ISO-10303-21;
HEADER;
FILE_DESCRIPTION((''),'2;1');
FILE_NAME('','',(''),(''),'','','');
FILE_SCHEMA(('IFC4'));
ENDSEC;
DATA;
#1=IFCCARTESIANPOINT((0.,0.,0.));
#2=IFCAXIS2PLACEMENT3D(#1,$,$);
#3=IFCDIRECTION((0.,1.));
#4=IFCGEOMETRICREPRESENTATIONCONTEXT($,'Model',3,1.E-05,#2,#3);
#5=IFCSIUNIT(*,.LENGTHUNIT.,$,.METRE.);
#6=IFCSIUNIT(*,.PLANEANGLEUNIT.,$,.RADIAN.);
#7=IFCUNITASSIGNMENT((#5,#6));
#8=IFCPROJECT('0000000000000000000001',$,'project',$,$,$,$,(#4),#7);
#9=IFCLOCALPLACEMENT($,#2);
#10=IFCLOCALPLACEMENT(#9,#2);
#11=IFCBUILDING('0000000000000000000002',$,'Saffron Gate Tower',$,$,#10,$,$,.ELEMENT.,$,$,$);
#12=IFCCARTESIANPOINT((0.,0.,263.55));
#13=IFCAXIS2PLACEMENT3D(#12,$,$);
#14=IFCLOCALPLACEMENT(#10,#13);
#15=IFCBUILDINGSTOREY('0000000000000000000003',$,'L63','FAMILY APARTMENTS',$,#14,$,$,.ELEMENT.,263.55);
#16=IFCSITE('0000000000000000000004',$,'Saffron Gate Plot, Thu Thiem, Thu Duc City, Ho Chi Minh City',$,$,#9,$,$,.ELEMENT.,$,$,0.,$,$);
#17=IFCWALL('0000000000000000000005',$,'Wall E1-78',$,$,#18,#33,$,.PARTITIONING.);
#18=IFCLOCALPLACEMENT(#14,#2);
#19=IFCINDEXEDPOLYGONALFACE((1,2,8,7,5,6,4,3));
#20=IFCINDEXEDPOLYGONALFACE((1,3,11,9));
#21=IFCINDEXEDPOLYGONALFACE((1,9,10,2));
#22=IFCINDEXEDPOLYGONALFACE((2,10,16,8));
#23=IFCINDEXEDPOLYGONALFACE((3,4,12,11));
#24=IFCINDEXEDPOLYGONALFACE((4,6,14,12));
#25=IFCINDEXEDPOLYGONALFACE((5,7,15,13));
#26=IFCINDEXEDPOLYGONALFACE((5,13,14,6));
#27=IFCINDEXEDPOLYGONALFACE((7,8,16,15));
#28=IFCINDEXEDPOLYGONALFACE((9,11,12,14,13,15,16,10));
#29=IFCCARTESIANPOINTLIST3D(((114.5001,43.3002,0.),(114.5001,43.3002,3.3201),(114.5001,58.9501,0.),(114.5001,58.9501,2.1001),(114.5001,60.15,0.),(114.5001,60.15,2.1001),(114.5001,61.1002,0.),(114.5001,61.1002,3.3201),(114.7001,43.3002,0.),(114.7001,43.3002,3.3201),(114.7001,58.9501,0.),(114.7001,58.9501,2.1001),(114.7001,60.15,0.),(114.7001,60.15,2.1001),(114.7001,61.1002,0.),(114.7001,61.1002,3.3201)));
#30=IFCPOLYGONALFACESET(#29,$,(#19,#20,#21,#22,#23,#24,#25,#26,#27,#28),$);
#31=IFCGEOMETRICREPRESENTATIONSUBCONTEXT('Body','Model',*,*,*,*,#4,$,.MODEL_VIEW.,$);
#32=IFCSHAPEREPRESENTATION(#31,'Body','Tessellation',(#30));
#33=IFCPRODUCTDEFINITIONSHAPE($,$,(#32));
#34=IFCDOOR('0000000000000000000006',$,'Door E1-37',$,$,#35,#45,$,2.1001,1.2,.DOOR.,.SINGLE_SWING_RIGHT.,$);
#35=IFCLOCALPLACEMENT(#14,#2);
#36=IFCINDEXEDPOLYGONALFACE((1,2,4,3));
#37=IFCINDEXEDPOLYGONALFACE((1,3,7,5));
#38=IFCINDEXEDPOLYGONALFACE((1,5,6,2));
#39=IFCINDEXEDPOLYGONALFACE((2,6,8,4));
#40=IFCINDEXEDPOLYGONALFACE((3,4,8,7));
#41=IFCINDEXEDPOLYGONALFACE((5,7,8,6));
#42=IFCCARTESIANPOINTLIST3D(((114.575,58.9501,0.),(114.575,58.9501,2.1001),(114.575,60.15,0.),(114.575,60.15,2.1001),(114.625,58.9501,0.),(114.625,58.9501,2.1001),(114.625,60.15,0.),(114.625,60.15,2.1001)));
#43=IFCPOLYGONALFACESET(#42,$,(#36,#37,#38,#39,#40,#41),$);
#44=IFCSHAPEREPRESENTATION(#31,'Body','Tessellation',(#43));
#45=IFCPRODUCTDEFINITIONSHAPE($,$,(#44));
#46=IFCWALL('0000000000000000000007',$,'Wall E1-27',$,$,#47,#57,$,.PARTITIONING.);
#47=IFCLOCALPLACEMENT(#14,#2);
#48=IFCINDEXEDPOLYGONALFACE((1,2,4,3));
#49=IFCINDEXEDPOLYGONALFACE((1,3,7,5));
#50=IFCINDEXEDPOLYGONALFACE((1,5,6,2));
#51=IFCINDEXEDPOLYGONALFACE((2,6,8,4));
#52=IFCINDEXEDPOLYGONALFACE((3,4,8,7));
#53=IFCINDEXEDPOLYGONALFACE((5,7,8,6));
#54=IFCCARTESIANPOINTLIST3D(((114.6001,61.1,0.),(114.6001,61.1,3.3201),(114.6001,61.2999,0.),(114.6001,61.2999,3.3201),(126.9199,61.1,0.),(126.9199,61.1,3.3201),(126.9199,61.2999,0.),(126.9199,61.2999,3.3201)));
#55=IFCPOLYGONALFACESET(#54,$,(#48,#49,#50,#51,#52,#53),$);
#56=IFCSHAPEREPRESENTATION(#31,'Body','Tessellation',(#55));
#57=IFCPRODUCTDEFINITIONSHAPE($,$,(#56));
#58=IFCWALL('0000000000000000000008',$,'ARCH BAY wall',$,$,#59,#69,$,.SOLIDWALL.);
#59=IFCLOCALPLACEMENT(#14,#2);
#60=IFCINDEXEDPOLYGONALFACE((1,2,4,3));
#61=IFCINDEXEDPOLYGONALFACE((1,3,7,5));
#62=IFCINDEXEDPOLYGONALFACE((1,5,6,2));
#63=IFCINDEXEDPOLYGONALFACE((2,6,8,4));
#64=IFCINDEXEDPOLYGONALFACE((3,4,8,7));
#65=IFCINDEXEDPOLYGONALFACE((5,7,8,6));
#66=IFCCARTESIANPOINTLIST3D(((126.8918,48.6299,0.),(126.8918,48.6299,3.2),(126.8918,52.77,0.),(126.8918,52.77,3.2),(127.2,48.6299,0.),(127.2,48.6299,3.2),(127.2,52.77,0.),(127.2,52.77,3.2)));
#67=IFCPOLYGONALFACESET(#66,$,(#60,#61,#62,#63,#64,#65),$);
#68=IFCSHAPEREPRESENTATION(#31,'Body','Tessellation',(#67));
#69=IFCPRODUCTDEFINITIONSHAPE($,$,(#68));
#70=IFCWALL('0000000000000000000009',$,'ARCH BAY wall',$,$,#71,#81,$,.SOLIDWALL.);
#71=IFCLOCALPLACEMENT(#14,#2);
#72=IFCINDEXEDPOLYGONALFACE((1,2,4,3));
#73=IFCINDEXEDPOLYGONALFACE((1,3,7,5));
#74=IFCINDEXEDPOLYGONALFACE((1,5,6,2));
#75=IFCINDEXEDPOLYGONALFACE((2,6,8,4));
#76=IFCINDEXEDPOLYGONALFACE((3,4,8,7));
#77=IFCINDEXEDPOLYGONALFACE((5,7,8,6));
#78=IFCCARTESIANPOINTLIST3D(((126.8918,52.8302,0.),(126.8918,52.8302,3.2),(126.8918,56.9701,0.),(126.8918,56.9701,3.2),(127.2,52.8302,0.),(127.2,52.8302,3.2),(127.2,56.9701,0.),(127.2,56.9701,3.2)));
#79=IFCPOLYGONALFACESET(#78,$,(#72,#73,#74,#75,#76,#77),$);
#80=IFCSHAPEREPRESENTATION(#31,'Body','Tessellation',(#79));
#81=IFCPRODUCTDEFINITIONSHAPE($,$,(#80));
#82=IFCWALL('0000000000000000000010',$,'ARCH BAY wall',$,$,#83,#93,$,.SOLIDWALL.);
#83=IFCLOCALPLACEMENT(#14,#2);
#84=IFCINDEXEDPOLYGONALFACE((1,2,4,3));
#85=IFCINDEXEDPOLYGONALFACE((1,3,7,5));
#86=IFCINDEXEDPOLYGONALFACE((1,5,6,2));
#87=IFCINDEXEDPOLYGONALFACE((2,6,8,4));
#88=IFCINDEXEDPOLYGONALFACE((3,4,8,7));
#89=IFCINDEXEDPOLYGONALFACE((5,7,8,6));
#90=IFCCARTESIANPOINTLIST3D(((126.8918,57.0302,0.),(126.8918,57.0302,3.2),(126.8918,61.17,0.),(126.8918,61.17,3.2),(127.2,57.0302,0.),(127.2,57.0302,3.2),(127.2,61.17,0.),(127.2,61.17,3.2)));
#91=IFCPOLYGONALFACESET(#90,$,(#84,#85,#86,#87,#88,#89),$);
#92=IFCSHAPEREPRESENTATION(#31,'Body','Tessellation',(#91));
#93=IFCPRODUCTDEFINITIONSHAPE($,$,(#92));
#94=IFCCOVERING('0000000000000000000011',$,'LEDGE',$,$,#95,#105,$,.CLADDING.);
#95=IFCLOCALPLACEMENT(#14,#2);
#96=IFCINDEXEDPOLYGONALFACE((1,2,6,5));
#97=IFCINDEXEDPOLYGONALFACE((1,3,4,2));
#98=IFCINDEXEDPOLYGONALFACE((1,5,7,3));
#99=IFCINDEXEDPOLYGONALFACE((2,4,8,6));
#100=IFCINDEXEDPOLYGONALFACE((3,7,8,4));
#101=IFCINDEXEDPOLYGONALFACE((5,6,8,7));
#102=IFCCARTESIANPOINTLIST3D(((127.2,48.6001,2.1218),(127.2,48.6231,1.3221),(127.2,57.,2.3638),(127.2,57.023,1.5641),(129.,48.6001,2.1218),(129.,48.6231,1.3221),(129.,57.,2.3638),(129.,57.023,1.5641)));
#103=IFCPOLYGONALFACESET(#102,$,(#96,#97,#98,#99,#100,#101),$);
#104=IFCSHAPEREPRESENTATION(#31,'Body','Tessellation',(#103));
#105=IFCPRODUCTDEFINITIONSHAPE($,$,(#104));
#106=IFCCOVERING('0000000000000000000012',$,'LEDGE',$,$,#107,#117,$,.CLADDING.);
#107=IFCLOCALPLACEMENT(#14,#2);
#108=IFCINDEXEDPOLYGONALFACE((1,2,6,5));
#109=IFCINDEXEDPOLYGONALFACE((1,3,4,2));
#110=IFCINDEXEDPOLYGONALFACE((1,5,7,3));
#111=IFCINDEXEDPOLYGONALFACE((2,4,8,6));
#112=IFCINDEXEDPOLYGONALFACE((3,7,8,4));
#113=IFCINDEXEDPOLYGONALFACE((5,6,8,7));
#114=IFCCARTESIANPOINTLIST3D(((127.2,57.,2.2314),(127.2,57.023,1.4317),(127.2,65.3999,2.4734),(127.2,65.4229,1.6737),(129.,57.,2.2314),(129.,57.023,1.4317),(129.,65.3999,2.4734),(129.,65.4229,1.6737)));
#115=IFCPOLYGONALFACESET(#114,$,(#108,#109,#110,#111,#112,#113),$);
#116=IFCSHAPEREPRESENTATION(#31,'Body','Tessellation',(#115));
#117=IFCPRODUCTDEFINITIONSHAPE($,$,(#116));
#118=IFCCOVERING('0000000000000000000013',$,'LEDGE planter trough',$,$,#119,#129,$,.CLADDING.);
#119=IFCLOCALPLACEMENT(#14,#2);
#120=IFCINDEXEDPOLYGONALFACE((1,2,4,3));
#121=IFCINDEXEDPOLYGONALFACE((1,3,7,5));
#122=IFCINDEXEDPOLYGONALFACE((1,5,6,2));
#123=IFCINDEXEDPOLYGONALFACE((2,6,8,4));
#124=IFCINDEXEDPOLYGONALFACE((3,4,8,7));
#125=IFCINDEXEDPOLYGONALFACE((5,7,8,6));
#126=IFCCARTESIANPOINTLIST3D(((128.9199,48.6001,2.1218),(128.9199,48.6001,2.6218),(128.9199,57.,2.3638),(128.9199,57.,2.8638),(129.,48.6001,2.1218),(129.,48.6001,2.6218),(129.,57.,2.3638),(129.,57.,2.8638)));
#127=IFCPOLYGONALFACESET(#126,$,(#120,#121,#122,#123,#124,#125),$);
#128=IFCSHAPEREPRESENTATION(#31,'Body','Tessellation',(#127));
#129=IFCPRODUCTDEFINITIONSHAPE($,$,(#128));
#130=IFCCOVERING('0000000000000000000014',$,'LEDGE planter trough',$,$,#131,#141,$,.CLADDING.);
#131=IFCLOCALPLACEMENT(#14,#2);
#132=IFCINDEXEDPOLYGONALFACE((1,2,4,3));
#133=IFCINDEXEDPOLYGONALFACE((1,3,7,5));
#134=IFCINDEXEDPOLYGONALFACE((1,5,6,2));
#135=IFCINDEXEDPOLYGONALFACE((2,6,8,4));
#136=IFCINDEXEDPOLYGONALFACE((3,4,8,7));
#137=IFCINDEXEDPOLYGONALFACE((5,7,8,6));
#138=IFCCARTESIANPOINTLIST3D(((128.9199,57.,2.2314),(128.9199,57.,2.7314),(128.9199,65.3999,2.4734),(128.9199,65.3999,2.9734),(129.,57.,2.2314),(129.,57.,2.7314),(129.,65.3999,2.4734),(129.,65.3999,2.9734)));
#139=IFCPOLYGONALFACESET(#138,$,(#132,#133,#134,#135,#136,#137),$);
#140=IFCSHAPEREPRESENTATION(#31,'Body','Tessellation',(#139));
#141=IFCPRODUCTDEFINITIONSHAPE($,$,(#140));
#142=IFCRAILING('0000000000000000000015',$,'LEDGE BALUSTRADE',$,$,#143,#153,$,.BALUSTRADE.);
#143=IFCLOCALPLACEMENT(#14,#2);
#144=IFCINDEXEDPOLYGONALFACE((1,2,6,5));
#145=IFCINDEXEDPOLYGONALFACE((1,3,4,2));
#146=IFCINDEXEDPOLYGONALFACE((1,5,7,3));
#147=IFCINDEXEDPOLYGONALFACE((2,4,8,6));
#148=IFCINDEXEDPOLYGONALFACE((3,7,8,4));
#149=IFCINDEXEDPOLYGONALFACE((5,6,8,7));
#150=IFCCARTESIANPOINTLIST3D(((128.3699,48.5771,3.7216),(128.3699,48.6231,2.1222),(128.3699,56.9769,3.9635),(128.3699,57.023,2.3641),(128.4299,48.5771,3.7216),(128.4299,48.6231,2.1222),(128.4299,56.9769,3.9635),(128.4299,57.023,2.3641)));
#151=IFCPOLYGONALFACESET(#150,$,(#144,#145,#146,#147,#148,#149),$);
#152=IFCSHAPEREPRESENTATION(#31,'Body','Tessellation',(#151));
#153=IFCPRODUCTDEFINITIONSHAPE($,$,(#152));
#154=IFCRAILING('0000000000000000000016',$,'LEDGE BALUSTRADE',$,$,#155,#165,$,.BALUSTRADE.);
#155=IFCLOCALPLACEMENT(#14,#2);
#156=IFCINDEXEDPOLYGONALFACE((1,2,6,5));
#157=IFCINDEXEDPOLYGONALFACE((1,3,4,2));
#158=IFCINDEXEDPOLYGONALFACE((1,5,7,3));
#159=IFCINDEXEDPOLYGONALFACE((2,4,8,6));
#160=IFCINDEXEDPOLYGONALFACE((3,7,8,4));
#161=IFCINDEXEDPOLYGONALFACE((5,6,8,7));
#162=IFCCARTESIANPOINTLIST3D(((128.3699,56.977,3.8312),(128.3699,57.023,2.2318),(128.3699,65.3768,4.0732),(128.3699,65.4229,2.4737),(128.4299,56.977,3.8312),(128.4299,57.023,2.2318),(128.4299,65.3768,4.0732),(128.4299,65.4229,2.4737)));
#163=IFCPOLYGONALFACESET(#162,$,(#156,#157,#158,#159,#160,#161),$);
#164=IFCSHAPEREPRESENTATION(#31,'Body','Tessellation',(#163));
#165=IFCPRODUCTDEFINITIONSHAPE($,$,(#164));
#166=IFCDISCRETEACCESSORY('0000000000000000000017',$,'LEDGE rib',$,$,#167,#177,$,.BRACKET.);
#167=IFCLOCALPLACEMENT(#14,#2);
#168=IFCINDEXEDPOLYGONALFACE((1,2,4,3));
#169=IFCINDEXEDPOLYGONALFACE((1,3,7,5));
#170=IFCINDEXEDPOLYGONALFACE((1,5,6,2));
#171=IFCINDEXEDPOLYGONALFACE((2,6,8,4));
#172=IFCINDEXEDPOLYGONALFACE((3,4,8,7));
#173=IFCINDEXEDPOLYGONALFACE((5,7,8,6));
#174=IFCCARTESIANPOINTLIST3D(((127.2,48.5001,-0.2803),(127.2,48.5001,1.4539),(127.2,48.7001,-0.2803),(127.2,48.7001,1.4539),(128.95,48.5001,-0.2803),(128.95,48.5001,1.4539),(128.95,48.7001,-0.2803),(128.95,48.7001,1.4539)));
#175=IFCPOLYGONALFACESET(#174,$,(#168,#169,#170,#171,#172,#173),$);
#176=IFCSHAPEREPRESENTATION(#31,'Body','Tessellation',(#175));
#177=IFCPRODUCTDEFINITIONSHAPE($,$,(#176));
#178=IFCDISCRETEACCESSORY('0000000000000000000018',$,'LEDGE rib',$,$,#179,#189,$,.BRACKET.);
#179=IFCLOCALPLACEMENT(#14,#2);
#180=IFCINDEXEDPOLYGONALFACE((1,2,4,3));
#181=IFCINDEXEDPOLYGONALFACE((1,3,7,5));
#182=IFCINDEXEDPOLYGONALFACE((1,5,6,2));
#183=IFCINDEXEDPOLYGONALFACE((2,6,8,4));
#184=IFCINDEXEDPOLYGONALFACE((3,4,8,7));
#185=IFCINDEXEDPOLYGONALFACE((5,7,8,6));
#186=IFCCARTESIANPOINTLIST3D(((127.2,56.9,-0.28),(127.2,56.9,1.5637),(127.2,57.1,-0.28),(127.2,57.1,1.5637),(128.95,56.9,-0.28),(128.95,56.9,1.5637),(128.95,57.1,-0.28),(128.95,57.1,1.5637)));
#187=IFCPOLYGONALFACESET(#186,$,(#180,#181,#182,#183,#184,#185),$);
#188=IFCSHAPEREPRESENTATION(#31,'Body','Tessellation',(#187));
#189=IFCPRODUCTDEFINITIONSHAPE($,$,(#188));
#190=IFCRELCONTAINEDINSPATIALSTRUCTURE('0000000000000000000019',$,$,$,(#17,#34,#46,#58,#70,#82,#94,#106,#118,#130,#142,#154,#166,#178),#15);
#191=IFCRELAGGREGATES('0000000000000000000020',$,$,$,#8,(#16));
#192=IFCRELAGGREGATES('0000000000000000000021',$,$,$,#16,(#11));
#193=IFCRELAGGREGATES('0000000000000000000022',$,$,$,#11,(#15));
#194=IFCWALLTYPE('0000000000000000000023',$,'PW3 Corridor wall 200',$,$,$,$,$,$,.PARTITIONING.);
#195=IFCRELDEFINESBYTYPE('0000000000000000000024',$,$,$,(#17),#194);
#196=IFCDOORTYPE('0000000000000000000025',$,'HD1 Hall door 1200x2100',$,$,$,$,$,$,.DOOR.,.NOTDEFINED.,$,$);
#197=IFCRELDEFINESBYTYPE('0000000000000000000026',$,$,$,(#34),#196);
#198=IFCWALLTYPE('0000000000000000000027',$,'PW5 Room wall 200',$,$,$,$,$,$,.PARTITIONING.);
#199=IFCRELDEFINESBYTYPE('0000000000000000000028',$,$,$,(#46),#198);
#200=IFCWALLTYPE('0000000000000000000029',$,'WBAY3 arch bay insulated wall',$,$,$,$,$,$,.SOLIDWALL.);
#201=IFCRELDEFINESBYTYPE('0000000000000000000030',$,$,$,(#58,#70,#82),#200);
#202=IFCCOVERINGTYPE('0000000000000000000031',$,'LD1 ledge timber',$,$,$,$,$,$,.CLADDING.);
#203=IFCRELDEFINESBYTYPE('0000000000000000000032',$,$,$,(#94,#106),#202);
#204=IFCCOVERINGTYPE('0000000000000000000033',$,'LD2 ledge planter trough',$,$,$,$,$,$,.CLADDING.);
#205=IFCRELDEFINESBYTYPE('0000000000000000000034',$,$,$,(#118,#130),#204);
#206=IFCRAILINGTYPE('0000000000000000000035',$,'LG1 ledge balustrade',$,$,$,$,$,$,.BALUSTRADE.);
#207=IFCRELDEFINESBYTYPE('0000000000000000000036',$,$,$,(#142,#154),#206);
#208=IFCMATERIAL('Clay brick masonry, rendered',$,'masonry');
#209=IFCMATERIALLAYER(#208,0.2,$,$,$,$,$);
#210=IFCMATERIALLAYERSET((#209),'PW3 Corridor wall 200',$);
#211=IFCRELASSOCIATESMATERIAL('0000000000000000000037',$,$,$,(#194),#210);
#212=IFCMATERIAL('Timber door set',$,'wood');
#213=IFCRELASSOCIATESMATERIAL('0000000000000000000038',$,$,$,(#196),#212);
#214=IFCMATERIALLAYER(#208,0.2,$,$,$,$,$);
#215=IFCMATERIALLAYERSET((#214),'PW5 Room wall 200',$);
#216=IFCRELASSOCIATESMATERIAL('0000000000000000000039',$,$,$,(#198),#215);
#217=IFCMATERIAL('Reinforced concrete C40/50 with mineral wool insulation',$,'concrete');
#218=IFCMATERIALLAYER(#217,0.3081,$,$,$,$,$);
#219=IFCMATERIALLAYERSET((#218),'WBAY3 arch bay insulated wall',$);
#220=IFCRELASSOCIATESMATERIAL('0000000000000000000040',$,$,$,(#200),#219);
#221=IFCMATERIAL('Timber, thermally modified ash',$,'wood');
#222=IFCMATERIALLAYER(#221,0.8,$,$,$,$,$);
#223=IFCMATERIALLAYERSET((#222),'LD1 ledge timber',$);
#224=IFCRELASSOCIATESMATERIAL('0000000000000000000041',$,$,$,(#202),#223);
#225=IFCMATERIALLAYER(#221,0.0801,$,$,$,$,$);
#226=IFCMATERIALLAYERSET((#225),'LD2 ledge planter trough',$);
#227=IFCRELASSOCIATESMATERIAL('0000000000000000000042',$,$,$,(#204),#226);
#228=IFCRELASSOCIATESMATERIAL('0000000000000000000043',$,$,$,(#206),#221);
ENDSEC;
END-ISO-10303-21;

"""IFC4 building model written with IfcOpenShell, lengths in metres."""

from ifc_helpers import new_model, si_unit, direction, frame, frame_2d, origin, origin_2d, place, context, subcontext, project, spatial, polyline, rectangle, outline, extrude, material, layer, layer_set, type_object, element, fill, save


model = new_model("IFC4")

# Units and contexts
model_context = context("Model", 3, precision=1e-05, world=origin(), true_north=direction((0.0, 1.0)))
body_context = subcontext(model_context, "Body", "Model", "MODEL_VIEW")
ifc_project = project(units=[si_unit("LENGTHUNIT", "METRE"), si_unit("PLANEANGLEUNIT", "RADIAN")], contexts=[model_context])

# Site, building, storey
site_placement = place(None, origin())
site = spatial("IfcSite", under=ifc_project, at=site_placement, Name="Saffron Gate Plot, Thu Thiem, Thu Duc City, Ho Chi Minh City", CompositionType="ELEMENT", RefElevation=0.0)
building_placement = place(site_placement, origin())
building = spatial("IfcBuilding", under=site, at=building_placement, Name="Saffron Gate Tower", CompositionType="ELEMENT")
storey_placement = place(building_placement, frame((0.0, 0.0, 263.55)))
storey = spatial("IfcBuildingStorey", under=building, at=storey_placement, Name="L63", Description="FAMILY APARTMENTS", CompositionType="ELEMENT", Elevation=263.55)

# Shared definitions
ifc_material_1 = material(Name="Timber door set", Category="wood")

# Wall, opening, door
ifc_material_2 = material(Name="Clay brick masonry, rendered", Category="masonry")
ifc_layer_1 = layer(ifc_material_2, 0.2)
ifc_layer_set_1 = layer_set([ifc_layer_1], Name="PW3 Corridor wall 200")
wall_type_1 = type_object("IfcWallType", Name="PW3 Corridor wall 200", PredefinedType="PARTITIONING", material=ifc_layer_set_1)
wall_1_placement = place(storey_placement, frame((114.6001, 61.1001, 0.0), z_axis=(0.0, 0.0, 1.0), x_axis=(0.0, -1.0, 0.0)))
wall_1 = element("IfcWall", 1, at=wall_1_placement, inside=storey, type_object=wall_type_1, Name="Wall E1-78", PredefinedType="PARTITIONING", context=body_context, shape_type="SweptSolid", body=[
    extrude(rectangle(XDim=17.8, YDim=0.2, at=frame_2d((8.8999, 0.0))), origin(), (0.0, 0.0, 1.0), 3.3201),
])
opening_1_placement = place(wall_1_placement, frame((0.95, 0.0, 0.0)))
opening_1 = element("IfcOpeningElement", 2, at=opening_1_placement, cuts=wall_1, PredefinedType="OPENING", context=body_context, shape_type="SweptSolid", body=[
    extrude(rectangle(XDim=1.2, YDim=2.1001, at=frame_2d((0.6001, 1.05))), frame((0.0, 0.1099, 0.0), z_axis=(0.0, -1.0, 0.0), x_axis=(1.0, 0.0, 0.0)), (0.0, 0.0, 1.0), 0.22),
])
door_type_1 = type_object("IfcDoorType", Name="HD1 Hall door 1200x2100", OperationType="NOTDEFINED", PredefinedType="DOOR", material=ifc_material_1)
door_1_placement = place(opening_1_placement, origin())
door_1 = element("IfcDoor", 3, at=door_1_placement, inside=storey, type_object=door_type_1, Name="Door E1-37", OperationType="SINGLE_SWING_RIGHT", OverallHeight=2.1001, OverallWidth=1.2, PredefinedType="DOOR", context=body_context, shape_type="SweptSolid", body=[
    extrude(rectangle(XDim=1.2, YDim=2.1001, at=frame_2d((0.6001, 1.05))), frame((0.0, 0.0249, 0.0), z_axis=(0.0, -1.0, 0.0), x_axis=(1.0, 0.0, 0.0)), (0.0, 0.0, 1.0), 0.05),
])
fill(opening_1, door_1)

# Walls
ifc_layer_2 = layer(ifc_material_2, 0.2)
ifc_layer_set_2 = layer_set([ifc_layer_2], Name="PW5 Room wall 200")
wall_type_2 = type_object("IfcWallType", Name="PW5 Room wall 200", PredefinedType="PARTITIONING", material=ifc_layer_set_2)
wall_2_placement = place(storey_placement, frame((114.6001, 61.2, 0.0), z_axis=(0.0, 0.0, 1.0), x_axis=(1.0, 0.0, 0.0)))
element("IfcWall", 4, at=wall_2_placement, inside=storey, type_object=wall_type_2, Name="Wall E1-27", PredefinedType="PARTITIONING", context=body_context, shape_type="SweptSolid", body=[
    extrude(rectangle(XDim=12.3198, YDim=0.2, at=frame_2d((6.1599, 0.0))), origin(), (0.0, 0.0, 1.0), 3.3201),
])
ifc_material_3 = material(Name="Reinforced concrete C40/50 with mineral wool insulation", Category="concrete")
ifc_layer_3 = layer(ifc_material_3, 0.3081)
ifc_layer_set_3 = layer_set([ifc_layer_3], Name="WBAY3 arch bay insulated wall")
wall_type_3 = type_object("IfcWallType", Name="WBAY3 arch bay insulated wall", PredefinedType="SOLIDWALL", material=ifc_layer_set_3)
wall_3_placement = place(storey_placement, frame((127.0459, 52.77, 0.0), z_axis=(0.0, 0.0, 1.0), x_axis=(0.0, -1.0, 0.0)))
element("IfcWall", 5, at=wall_3_placement, inside=storey, type_object=wall_type_3, Name="ARCH BAY wall", PredefinedType="SOLIDWALL", context=body_context, shape_type="SweptSolid", body=[
    extrude(rectangle(XDim=4.1401, YDim=0.3081, at=frame_2d((2.0701, 0.0))), origin(), (0.0, 0.0, 1.0), 3.2),
])
for number, where, z_axis, x_axis, name in (
    (6, (127.0459, 56.97, 0.0), (0.0, 0.0, 1.0), (0.0, -1.0, 0.0), "ARCH BAY wall"),
    (7, (127.0459, 61.1699, 0.0), (0.0, 0.0, 1.0), (0.0, -1.0, 0.0), "ARCH BAY wall"),
):
    element("IfcWall", number, at=place(storey_placement, frame(where, z_axis=z_axis, x_axis=x_axis)), inside=storey, type_object=wall_type_3, Name=name, PredefinedType="SOLIDWALL", context=body_context, shape_type="SweptSolid", body=[
        extrude(rectangle(XDim=4.1399, YDim=0.3081, at=frame_2d((2.0698, 0.0))), origin(), (0.0, 0.0, 1.0), 3.2),
    ])

# Coverings
ifc_material_4 = material(Name="Timber, thermally modified ash", Category="wood")
ifc_layer_4 = layer(ifc_material_4, 0.8)
ifc_layer_set_4 = layer_set([ifc_layer_4], Name="LD1 ledge timber")
covering_type_1 = type_object("IfcCoveringType", Name="LD1 ledge timber", PredefinedType="CLADDING", material=ifc_layer_set_4)
for number, where, z_axis, x_axis, name in (
    (8, (127.2, 48.6001, 2.1218), (0.0, -0.028791, 0.999585), (0.0, 0.999585, 0.028791), "LEDGE"),
    (9, (127.2, 57.0, 2.2314), (0.0, -0.028791, 0.999585), (0.0, 0.999585, 0.028791), "LEDGE"),
):
    element("IfcCovering", number, at=place(storey_placement, frame(where, z_axis=z_axis, x_axis=x_axis)), inside=storey, type_object=covering_type_1, Name=name, PredefinedType="CLADDING", context=body_context, shape_type="SweptSolid", body=[
        extrude(outline(polyline([(0.0, 0.0), (8.4034, 0.0), (8.4034, -1.8), (0.0, -1.8), (0.0, 0.0)])), origin(), (0.0, 0.0, -1.0), 0.8),
    ])
ifc_layer_5 = layer(ifc_material_4, 0.0801)
ifc_layer_set_5 = layer_set([ifc_layer_5], Name="LD2 ledge planter trough")
covering_type_2 = type_object("IfcCoveringType", Name="LD2 ledge planter trough", PredefinedType="CLADDING", material=ifc_layer_set_5)
for number, where, z_axis, x_axis, name in (
    (10, (129.0, 48.6001, 2.1218), (1.0, 0.0, 0.0), (0.0, 0.999585, 0.028791), "LEDGE planter trough"),
    (11, (129.0, 57.0, 2.2314), (1.0, 0.0, 0.0), (0.0, 0.999585, 0.028791), "LEDGE planter trough"),
):
    element("IfcCovering", number, at=place(storey_placement, frame(where, z_axis=z_axis, x_axis=x_axis)), inside=storey, type_object=covering_type_2, Name=name, PredefinedType="CLADDING", context=body_context, shape_type="SweptSolid", body=[
        extrude(outline(polyline([(0.0, 0.0), (8.4034, 0.0), (8.4178, 0.4998), (0.0144, 0.4998), (0.0, 0.0)])), origin(), (0.0, 0.0, -1.0), 0.0801),
    ])

# Railings
railing_type = type_object("IfcRailingType", Name="LG1 ledge balustrade", PredefinedType="BALUSTRADE", material=ifc_material_4)
for number, where, name in (
    (12, (128.3999, 48.6001, 2.1218), "LEDGE BALUSTRADE"),
    (13, (128.3999, 57.0, 2.2314), "LEDGE BALUSTRADE"),
):
    element("IfcRailing", number, at=place(storey_placement, frame(where)), inside=storey, type_object=railing_type, Name=name, PredefinedType="BALUSTRADE", context=body_context, shape_type="SweptSolid", body=[
        extrude(rectangle(XDim=0.0601, YDim=1.6001, at=origin_2d()), frame((0.0, 0.0, 0.8), z_axis=(0.0, 0.999585, 0.028791), x_axis=(-1.0, 0.0, 0.0)), (0.0, 0.0, 1.0), 8.4033),
    ])

# Discrete accessories
discrete_accessory_1_placement = place(storey_placement, frame((128.075, 48.6001, -0.2803), z_axis=(0.0, 0.0, 1.0), x_axis=(0.0, 1.0, 0.0)))
element("IfcDiscreteAccessory", 14, at=discrete_accessory_1_placement, inside=storey, Name="LEDGE rib", PredefinedType="BRACKET", context=body_context, shape_type="SweptSolid", body=[
    extrude(rectangle(XDim=0.2, YDim=1.75, at=origin_2d()), origin(), (0.0, 0.0, 1.0), 1.7341),
])
discrete_accessory_2_placement = place(storey_placement, frame((128.075, 57.0, -0.28), z_axis=(0.0, 0.0, 1.0), x_axis=(0.0, 1.0, 0.0)))
element("IfcDiscreteAccessory", 15, at=discrete_accessory_2_placement, inside=storey, Name="LEDGE rib", PredefinedType="BRACKET", context=body_context, shape_type="SweptSolid", body=[
    extrude(rectangle(XDim=0.2, YDim=1.75, at=origin_2d()), origin(), (0.0, 0.0, 1.0), 1.8438),
])

save(model, "model.ifc")
